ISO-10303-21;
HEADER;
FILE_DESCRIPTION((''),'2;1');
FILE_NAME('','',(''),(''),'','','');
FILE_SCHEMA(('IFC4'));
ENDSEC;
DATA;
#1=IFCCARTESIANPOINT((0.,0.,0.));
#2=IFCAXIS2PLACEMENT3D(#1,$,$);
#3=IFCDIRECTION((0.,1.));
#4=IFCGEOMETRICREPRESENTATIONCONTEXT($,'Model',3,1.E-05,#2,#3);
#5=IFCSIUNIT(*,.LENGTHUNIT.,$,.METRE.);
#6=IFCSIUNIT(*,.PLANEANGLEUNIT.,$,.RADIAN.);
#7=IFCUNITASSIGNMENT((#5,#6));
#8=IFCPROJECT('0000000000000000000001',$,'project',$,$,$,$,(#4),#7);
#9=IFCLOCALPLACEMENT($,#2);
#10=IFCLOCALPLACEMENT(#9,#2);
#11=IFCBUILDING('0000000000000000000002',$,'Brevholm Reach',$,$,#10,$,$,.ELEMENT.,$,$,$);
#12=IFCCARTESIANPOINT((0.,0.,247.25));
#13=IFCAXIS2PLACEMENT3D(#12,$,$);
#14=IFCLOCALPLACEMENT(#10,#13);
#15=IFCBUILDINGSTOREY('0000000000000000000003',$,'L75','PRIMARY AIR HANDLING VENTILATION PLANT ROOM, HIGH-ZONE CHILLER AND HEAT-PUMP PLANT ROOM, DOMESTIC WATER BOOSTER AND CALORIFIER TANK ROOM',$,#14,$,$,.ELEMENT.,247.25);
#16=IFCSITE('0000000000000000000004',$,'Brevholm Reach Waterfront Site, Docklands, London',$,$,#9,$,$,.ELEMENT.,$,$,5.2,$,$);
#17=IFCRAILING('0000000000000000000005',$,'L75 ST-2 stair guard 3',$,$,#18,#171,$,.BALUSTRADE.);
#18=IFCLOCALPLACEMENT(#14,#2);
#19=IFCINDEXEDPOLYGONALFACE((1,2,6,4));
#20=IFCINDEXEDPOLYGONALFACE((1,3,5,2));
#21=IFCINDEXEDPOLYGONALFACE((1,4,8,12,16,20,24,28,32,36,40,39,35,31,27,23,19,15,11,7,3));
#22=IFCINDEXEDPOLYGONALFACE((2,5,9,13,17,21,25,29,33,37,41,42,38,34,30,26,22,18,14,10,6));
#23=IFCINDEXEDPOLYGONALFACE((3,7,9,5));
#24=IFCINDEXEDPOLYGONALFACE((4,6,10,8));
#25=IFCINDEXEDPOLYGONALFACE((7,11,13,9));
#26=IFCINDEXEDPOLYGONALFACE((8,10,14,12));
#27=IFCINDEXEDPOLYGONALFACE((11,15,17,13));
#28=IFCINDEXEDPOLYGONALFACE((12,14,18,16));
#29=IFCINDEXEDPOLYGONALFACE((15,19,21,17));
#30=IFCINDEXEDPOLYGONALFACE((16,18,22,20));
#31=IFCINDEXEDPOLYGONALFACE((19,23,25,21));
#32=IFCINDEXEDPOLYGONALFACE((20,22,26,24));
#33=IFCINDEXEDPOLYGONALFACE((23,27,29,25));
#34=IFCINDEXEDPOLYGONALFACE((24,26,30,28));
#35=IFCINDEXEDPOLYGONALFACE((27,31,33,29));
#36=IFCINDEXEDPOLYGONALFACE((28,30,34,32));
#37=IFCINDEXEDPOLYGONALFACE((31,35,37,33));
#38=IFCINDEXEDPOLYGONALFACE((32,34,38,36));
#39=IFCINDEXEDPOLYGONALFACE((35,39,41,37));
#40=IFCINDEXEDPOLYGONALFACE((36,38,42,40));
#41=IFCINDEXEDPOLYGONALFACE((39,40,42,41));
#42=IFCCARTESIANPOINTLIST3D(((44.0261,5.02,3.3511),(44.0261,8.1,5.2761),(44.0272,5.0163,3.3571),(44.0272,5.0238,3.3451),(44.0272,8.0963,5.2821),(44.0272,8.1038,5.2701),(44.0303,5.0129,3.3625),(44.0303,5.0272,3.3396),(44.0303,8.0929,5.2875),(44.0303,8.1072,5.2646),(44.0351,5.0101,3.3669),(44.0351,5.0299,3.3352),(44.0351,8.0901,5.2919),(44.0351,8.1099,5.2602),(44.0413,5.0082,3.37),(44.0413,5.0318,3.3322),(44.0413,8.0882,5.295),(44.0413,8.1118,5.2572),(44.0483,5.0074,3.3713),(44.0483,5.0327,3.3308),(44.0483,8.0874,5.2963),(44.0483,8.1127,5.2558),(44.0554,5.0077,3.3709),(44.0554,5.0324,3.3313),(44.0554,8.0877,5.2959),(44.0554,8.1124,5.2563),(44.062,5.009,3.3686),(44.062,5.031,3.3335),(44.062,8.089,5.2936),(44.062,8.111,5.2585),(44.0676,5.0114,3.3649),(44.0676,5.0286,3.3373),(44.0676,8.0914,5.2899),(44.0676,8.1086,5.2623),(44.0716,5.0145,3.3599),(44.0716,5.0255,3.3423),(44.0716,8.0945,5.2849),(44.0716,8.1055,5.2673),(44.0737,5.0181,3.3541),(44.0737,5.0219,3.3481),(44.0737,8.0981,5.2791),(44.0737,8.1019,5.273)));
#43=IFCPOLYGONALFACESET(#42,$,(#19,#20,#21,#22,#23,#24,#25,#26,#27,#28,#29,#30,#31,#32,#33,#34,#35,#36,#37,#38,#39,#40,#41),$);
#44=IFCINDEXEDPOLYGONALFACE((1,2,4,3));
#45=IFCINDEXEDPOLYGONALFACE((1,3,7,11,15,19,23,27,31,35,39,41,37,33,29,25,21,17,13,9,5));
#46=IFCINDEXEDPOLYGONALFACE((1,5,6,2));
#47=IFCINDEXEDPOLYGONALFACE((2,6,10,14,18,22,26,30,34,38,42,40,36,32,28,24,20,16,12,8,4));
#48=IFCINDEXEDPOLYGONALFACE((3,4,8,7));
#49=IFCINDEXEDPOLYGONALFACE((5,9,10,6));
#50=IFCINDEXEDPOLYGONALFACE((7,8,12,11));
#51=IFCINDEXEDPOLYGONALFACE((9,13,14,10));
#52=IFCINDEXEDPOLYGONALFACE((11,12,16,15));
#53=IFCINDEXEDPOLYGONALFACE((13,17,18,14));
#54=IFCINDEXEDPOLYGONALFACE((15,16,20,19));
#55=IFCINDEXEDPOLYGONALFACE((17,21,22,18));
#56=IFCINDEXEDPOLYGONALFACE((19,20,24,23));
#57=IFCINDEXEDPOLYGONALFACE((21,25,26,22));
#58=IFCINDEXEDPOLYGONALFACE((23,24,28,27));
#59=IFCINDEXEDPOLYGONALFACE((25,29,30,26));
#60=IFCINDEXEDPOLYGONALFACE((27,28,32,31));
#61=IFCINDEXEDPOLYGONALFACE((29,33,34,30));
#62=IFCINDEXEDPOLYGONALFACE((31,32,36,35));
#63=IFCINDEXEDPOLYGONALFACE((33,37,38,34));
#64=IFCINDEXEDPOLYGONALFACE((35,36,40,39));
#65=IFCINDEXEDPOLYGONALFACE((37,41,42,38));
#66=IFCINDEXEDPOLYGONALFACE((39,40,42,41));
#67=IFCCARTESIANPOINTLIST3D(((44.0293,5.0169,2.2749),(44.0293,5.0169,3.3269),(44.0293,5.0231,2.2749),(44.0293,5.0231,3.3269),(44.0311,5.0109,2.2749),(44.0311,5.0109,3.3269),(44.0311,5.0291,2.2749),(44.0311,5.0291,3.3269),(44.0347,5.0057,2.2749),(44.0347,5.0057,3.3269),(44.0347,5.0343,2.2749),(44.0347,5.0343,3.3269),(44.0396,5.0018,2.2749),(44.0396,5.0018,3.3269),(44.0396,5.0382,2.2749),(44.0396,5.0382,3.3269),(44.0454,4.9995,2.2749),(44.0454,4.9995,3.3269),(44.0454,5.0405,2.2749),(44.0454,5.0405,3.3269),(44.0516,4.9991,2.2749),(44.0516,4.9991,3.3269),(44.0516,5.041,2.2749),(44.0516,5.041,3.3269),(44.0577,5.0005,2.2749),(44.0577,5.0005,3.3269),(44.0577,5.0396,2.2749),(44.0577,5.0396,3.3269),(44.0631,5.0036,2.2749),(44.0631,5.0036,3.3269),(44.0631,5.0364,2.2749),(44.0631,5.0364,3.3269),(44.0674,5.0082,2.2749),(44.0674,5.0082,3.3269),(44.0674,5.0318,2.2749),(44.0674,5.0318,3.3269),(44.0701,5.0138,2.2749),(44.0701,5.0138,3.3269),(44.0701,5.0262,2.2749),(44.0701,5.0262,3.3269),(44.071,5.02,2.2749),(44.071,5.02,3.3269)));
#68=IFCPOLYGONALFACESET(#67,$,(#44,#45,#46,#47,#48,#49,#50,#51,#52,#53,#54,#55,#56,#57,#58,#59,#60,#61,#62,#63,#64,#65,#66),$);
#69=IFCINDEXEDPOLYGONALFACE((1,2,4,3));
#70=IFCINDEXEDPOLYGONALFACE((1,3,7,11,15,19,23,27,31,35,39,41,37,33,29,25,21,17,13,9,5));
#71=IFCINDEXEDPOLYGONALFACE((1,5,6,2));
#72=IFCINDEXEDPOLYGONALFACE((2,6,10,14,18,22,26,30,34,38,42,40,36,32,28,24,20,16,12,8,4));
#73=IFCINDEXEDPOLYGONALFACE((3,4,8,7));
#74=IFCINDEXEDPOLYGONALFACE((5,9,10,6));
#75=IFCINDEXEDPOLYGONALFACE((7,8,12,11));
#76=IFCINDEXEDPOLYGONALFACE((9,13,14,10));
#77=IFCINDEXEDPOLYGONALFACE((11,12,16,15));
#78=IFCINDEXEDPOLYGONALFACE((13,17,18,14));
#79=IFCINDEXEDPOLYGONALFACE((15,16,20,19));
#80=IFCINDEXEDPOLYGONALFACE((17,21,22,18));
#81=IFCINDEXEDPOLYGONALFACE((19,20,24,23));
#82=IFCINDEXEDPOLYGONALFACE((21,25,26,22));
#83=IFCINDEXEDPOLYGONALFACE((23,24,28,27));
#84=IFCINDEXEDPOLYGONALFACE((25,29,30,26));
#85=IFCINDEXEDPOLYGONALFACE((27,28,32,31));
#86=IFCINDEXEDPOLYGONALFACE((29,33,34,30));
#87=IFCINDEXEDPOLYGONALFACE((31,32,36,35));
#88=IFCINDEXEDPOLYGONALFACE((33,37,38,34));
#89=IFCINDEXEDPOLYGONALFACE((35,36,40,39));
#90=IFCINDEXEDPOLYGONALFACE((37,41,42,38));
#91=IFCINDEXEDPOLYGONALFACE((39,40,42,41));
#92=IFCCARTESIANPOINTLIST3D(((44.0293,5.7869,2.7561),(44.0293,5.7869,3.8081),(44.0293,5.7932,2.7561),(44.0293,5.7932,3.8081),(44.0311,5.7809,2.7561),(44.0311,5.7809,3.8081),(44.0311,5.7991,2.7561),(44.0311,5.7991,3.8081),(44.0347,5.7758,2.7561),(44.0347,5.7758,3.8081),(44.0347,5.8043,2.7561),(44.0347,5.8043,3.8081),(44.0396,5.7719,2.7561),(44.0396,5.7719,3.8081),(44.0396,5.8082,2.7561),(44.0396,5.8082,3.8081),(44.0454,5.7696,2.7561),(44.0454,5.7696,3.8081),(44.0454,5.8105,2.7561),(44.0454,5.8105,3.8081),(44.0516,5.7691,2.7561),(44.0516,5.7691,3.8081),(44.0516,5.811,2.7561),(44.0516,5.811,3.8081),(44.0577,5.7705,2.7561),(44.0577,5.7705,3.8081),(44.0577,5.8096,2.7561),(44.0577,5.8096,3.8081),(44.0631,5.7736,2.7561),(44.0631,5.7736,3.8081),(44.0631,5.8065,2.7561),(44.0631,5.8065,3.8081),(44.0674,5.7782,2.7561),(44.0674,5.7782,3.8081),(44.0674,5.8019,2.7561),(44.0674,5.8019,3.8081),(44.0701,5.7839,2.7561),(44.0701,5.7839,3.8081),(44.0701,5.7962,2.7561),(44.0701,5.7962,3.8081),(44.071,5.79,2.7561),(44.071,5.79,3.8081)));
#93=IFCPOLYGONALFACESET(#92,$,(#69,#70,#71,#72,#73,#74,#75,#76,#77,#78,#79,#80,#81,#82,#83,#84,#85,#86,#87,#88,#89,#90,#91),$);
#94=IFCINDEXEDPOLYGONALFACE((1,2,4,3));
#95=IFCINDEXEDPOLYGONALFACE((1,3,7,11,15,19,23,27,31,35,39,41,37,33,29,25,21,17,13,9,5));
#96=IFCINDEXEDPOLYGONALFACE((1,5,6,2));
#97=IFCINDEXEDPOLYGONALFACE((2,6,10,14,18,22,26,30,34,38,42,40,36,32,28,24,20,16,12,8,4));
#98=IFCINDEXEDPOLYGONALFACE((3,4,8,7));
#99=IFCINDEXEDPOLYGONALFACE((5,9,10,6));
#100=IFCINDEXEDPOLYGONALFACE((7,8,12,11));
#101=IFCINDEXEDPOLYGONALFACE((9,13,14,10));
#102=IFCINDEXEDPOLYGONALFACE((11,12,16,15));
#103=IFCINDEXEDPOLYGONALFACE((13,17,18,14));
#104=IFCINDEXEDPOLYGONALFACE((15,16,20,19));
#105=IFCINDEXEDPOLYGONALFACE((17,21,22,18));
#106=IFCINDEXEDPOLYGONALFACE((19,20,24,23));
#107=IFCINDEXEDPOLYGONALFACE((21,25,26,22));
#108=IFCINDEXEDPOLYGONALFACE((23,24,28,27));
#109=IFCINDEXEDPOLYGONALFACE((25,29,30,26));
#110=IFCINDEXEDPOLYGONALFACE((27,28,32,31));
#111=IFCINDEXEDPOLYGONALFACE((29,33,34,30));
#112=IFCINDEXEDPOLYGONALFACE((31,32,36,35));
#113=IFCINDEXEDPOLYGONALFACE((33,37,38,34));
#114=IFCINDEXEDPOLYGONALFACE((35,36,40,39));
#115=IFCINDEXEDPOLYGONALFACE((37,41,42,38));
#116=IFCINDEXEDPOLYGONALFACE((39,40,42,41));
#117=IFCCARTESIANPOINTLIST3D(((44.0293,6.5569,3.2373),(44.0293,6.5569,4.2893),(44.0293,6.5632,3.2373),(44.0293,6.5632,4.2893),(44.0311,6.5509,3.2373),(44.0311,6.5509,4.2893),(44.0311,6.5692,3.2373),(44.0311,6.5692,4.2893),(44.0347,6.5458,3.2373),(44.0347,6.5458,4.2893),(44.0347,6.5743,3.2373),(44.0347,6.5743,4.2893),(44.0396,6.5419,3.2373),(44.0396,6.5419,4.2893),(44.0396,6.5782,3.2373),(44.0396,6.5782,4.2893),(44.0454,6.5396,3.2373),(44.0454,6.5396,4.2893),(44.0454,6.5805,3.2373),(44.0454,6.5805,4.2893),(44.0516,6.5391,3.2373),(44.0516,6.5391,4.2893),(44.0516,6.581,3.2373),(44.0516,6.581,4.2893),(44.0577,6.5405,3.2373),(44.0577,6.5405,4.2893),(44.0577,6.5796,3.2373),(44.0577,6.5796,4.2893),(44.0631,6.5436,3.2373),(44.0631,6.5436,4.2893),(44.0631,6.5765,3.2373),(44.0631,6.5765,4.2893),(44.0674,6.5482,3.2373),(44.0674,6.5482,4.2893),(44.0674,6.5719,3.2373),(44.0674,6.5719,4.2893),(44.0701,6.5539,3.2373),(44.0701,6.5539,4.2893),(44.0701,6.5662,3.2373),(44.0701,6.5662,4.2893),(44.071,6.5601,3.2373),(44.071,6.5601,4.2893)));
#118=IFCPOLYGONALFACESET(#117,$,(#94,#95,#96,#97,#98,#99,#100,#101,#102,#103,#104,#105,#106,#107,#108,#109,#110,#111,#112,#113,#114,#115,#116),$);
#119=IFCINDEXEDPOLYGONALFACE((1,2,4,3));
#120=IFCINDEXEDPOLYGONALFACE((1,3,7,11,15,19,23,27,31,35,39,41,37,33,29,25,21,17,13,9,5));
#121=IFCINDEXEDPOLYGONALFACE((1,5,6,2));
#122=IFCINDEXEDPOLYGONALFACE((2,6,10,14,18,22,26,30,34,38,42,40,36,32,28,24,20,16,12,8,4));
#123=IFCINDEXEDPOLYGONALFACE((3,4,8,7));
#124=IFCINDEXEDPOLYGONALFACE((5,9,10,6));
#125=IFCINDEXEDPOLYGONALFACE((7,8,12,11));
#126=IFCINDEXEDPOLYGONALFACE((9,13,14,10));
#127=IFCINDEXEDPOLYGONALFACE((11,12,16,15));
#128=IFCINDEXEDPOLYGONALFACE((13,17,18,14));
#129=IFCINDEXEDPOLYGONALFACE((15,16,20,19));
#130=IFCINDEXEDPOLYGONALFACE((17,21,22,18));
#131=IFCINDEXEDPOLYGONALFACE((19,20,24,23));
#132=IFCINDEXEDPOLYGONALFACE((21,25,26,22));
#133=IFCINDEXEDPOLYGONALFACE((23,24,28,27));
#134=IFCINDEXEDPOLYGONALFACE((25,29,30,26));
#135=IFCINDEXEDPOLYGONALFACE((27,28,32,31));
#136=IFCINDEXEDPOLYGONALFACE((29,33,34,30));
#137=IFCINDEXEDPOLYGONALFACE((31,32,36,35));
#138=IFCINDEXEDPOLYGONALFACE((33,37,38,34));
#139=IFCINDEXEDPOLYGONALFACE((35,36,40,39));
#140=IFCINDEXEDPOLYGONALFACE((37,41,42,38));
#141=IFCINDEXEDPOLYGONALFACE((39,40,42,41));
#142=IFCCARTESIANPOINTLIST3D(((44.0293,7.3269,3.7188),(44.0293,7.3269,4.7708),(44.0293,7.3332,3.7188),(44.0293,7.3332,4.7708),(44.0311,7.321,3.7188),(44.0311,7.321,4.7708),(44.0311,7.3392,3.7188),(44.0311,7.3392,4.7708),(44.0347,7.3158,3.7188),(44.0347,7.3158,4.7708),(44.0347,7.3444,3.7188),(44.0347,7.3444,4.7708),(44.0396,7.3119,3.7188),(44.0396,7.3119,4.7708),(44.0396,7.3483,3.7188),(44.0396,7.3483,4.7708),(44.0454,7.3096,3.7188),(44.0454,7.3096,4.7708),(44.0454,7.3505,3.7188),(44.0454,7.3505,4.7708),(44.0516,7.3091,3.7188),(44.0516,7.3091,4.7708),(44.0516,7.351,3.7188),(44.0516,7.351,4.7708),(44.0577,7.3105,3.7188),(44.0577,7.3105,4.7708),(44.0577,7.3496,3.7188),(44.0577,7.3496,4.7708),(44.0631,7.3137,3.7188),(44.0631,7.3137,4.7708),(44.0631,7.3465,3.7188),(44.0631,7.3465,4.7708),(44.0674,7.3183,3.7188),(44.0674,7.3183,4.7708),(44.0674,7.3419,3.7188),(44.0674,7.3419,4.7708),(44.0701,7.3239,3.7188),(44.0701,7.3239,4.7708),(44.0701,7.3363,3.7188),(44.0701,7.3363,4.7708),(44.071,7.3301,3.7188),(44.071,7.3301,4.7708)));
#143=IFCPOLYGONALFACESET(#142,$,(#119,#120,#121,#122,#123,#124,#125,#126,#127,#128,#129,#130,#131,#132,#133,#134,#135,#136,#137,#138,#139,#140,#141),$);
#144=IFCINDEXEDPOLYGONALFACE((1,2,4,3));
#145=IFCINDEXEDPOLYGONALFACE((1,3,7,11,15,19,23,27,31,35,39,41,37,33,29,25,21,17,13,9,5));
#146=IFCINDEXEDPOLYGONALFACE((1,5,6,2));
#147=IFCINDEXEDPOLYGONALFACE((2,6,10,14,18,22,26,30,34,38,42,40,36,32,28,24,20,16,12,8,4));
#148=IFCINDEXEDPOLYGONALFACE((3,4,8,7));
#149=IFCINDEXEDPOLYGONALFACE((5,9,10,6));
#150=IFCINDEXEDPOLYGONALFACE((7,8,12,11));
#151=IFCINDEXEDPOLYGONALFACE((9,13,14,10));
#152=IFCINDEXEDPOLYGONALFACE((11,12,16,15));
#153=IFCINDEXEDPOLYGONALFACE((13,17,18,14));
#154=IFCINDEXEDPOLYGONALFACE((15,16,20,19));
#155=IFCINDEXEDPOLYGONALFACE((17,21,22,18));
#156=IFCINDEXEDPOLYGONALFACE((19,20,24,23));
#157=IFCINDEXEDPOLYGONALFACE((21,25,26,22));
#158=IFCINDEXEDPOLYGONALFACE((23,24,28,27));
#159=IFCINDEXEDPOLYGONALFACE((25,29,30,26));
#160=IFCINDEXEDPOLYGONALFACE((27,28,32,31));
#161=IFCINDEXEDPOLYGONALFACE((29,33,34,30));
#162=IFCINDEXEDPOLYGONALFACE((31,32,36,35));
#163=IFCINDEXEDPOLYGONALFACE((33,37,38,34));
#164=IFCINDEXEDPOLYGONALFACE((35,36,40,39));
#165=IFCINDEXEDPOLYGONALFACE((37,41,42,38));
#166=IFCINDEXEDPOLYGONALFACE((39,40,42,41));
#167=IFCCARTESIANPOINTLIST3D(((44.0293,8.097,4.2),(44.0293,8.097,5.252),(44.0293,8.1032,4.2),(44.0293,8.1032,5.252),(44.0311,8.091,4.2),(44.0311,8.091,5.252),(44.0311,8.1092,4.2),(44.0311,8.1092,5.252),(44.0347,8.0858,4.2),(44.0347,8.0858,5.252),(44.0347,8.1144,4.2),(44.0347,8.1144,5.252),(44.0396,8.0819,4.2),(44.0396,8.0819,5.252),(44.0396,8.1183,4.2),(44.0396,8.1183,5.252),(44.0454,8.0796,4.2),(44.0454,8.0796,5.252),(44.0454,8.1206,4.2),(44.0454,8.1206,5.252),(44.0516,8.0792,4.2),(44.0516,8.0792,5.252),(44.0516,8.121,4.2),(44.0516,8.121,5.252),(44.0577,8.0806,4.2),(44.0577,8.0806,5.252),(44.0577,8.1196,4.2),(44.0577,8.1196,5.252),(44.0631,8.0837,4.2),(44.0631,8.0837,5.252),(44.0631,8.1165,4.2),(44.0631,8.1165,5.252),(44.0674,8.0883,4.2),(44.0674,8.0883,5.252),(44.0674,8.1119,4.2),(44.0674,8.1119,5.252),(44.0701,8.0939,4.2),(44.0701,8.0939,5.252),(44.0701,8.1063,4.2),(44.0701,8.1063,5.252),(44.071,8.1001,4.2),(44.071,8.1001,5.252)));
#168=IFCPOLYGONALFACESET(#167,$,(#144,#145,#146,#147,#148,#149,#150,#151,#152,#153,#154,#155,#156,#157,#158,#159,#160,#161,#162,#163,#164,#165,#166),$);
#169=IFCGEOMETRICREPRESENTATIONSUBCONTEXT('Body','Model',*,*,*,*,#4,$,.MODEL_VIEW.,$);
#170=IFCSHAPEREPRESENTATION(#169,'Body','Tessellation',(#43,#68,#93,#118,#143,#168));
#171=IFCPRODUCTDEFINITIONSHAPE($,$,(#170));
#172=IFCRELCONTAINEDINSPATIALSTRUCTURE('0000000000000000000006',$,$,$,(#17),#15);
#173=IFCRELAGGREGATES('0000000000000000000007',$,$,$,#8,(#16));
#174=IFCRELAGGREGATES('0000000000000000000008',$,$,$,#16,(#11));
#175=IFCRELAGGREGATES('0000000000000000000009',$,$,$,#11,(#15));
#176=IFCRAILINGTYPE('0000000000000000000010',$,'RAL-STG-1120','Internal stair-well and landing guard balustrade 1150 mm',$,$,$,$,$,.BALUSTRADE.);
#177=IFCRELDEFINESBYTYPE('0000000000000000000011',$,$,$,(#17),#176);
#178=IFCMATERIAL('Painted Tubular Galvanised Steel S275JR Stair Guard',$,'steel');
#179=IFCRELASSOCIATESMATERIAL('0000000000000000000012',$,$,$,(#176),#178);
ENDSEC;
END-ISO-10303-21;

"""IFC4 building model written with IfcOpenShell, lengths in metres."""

from ifc_helpers import new_model, si_unit, direction, frame, origin, origin_2d, place, context, subcontext, project, spatial, circle, extrude, material, type_object, element, save


model = new_model("IFC4")

# Units and contexts
model_context = context("Model", 3, precision=1e-05, world=origin(), true_north=direction((0.0, 1.0)))
body_context = subcontext(model_context, "Body", "Model", "MODEL_VIEW")
ifc_project = project(units=[si_unit("LENGTHUNIT", "METRE"), si_unit("PLANEANGLEUNIT", "RADIAN")], contexts=[model_context])

# Site, building, storey
site_placement = place(None, origin())
site = spatial("IfcSite", under=ifc_project, at=site_placement, Name="Brevholm Reach Waterfront Site, Docklands, London", CompositionType="ELEMENT", RefElevation=5.2)
building_placement = place(site_placement, origin())
building = spatial("IfcBuilding", under=site, at=building_placement, Name="Brevholm Reach", CompositionType="ELEMENT")
storey_placement = place(building_placement, frame((0.0, 0.0, 247.25)))
storey = spatial("IfcBuildingStorey", under=building, at=storey_placement, Name="L75", Description="PRIMARY AIR HANDLING VENTILATION PLANT ROOM, HIGH-ZONE CHILLER AND HEAT-PUMP PLANT ROOM, DOMESTIC WATER BOOSTER AND CALORIFIER TANK ROOM", CompositionType="ELEMENT", Elevation=247.25)

# Railing
ifc_material_1 = material(Name="Painted Tubular Galvanised Steel S275JR Stair Guard", Category="steel")
railing_type_1 = type_object("IfcRailingType", Name="RAL-STG-1120", Description="Internal stair-well and landing guard balustrade 1150 mm", PredefinedType="BALUSTRADE", material=ifc_material_1)
railing_1_placement = place(storey_placement, frame((44.05, 5.02, 2.2749)))
element("IfcRailing", 1, at=railing_1_placement, inside=storey, type_object=railing_type_1, Name="L75 ST-2 stair guard 3", PredefinedType="BALUSTRADE", context=body_context, shape_type="SweptSolid", body=[
    extrude(circle(Radius=0.0239, at=origin_2d()), frame((0.0, 0.0, 1.0762), z_axis=(0.0, 0.847998, 0.529999), x_axis=(-1.0, 0.0, 0.0)), (0.0, 0.0, 1.0), 3.6321),
    extrude(circle(Radius=0.021, at=origin_2d()), origin(), (0.0, 0.0, 1.0), 1.052),
    extrude(circle(Radius=0.021, at=origin_2d()), frame((0.0, 0.77, 0.4812)), (0.0, 0.0, 1.0), 1.052),
    extrude(circle(Radius=0.021, at=origin_2d()), frame((0.0, 1.54, 0.9624)), (0.0, 0.0, 1.0), 1.052),
    extrude(circle(Radius=0.021, at=origin_2d()), frame((0.0, 2.3101, 1.4438)), (0.0, 0.0, 1.0), 1.052),
    extrude(circle(Radius=0.021, at=origin_2d()), frame((0.0, 3.0801, 1.925)), (0.0, 0.0, 1.0), 1.052),
])

save(model, "model.ifc")
